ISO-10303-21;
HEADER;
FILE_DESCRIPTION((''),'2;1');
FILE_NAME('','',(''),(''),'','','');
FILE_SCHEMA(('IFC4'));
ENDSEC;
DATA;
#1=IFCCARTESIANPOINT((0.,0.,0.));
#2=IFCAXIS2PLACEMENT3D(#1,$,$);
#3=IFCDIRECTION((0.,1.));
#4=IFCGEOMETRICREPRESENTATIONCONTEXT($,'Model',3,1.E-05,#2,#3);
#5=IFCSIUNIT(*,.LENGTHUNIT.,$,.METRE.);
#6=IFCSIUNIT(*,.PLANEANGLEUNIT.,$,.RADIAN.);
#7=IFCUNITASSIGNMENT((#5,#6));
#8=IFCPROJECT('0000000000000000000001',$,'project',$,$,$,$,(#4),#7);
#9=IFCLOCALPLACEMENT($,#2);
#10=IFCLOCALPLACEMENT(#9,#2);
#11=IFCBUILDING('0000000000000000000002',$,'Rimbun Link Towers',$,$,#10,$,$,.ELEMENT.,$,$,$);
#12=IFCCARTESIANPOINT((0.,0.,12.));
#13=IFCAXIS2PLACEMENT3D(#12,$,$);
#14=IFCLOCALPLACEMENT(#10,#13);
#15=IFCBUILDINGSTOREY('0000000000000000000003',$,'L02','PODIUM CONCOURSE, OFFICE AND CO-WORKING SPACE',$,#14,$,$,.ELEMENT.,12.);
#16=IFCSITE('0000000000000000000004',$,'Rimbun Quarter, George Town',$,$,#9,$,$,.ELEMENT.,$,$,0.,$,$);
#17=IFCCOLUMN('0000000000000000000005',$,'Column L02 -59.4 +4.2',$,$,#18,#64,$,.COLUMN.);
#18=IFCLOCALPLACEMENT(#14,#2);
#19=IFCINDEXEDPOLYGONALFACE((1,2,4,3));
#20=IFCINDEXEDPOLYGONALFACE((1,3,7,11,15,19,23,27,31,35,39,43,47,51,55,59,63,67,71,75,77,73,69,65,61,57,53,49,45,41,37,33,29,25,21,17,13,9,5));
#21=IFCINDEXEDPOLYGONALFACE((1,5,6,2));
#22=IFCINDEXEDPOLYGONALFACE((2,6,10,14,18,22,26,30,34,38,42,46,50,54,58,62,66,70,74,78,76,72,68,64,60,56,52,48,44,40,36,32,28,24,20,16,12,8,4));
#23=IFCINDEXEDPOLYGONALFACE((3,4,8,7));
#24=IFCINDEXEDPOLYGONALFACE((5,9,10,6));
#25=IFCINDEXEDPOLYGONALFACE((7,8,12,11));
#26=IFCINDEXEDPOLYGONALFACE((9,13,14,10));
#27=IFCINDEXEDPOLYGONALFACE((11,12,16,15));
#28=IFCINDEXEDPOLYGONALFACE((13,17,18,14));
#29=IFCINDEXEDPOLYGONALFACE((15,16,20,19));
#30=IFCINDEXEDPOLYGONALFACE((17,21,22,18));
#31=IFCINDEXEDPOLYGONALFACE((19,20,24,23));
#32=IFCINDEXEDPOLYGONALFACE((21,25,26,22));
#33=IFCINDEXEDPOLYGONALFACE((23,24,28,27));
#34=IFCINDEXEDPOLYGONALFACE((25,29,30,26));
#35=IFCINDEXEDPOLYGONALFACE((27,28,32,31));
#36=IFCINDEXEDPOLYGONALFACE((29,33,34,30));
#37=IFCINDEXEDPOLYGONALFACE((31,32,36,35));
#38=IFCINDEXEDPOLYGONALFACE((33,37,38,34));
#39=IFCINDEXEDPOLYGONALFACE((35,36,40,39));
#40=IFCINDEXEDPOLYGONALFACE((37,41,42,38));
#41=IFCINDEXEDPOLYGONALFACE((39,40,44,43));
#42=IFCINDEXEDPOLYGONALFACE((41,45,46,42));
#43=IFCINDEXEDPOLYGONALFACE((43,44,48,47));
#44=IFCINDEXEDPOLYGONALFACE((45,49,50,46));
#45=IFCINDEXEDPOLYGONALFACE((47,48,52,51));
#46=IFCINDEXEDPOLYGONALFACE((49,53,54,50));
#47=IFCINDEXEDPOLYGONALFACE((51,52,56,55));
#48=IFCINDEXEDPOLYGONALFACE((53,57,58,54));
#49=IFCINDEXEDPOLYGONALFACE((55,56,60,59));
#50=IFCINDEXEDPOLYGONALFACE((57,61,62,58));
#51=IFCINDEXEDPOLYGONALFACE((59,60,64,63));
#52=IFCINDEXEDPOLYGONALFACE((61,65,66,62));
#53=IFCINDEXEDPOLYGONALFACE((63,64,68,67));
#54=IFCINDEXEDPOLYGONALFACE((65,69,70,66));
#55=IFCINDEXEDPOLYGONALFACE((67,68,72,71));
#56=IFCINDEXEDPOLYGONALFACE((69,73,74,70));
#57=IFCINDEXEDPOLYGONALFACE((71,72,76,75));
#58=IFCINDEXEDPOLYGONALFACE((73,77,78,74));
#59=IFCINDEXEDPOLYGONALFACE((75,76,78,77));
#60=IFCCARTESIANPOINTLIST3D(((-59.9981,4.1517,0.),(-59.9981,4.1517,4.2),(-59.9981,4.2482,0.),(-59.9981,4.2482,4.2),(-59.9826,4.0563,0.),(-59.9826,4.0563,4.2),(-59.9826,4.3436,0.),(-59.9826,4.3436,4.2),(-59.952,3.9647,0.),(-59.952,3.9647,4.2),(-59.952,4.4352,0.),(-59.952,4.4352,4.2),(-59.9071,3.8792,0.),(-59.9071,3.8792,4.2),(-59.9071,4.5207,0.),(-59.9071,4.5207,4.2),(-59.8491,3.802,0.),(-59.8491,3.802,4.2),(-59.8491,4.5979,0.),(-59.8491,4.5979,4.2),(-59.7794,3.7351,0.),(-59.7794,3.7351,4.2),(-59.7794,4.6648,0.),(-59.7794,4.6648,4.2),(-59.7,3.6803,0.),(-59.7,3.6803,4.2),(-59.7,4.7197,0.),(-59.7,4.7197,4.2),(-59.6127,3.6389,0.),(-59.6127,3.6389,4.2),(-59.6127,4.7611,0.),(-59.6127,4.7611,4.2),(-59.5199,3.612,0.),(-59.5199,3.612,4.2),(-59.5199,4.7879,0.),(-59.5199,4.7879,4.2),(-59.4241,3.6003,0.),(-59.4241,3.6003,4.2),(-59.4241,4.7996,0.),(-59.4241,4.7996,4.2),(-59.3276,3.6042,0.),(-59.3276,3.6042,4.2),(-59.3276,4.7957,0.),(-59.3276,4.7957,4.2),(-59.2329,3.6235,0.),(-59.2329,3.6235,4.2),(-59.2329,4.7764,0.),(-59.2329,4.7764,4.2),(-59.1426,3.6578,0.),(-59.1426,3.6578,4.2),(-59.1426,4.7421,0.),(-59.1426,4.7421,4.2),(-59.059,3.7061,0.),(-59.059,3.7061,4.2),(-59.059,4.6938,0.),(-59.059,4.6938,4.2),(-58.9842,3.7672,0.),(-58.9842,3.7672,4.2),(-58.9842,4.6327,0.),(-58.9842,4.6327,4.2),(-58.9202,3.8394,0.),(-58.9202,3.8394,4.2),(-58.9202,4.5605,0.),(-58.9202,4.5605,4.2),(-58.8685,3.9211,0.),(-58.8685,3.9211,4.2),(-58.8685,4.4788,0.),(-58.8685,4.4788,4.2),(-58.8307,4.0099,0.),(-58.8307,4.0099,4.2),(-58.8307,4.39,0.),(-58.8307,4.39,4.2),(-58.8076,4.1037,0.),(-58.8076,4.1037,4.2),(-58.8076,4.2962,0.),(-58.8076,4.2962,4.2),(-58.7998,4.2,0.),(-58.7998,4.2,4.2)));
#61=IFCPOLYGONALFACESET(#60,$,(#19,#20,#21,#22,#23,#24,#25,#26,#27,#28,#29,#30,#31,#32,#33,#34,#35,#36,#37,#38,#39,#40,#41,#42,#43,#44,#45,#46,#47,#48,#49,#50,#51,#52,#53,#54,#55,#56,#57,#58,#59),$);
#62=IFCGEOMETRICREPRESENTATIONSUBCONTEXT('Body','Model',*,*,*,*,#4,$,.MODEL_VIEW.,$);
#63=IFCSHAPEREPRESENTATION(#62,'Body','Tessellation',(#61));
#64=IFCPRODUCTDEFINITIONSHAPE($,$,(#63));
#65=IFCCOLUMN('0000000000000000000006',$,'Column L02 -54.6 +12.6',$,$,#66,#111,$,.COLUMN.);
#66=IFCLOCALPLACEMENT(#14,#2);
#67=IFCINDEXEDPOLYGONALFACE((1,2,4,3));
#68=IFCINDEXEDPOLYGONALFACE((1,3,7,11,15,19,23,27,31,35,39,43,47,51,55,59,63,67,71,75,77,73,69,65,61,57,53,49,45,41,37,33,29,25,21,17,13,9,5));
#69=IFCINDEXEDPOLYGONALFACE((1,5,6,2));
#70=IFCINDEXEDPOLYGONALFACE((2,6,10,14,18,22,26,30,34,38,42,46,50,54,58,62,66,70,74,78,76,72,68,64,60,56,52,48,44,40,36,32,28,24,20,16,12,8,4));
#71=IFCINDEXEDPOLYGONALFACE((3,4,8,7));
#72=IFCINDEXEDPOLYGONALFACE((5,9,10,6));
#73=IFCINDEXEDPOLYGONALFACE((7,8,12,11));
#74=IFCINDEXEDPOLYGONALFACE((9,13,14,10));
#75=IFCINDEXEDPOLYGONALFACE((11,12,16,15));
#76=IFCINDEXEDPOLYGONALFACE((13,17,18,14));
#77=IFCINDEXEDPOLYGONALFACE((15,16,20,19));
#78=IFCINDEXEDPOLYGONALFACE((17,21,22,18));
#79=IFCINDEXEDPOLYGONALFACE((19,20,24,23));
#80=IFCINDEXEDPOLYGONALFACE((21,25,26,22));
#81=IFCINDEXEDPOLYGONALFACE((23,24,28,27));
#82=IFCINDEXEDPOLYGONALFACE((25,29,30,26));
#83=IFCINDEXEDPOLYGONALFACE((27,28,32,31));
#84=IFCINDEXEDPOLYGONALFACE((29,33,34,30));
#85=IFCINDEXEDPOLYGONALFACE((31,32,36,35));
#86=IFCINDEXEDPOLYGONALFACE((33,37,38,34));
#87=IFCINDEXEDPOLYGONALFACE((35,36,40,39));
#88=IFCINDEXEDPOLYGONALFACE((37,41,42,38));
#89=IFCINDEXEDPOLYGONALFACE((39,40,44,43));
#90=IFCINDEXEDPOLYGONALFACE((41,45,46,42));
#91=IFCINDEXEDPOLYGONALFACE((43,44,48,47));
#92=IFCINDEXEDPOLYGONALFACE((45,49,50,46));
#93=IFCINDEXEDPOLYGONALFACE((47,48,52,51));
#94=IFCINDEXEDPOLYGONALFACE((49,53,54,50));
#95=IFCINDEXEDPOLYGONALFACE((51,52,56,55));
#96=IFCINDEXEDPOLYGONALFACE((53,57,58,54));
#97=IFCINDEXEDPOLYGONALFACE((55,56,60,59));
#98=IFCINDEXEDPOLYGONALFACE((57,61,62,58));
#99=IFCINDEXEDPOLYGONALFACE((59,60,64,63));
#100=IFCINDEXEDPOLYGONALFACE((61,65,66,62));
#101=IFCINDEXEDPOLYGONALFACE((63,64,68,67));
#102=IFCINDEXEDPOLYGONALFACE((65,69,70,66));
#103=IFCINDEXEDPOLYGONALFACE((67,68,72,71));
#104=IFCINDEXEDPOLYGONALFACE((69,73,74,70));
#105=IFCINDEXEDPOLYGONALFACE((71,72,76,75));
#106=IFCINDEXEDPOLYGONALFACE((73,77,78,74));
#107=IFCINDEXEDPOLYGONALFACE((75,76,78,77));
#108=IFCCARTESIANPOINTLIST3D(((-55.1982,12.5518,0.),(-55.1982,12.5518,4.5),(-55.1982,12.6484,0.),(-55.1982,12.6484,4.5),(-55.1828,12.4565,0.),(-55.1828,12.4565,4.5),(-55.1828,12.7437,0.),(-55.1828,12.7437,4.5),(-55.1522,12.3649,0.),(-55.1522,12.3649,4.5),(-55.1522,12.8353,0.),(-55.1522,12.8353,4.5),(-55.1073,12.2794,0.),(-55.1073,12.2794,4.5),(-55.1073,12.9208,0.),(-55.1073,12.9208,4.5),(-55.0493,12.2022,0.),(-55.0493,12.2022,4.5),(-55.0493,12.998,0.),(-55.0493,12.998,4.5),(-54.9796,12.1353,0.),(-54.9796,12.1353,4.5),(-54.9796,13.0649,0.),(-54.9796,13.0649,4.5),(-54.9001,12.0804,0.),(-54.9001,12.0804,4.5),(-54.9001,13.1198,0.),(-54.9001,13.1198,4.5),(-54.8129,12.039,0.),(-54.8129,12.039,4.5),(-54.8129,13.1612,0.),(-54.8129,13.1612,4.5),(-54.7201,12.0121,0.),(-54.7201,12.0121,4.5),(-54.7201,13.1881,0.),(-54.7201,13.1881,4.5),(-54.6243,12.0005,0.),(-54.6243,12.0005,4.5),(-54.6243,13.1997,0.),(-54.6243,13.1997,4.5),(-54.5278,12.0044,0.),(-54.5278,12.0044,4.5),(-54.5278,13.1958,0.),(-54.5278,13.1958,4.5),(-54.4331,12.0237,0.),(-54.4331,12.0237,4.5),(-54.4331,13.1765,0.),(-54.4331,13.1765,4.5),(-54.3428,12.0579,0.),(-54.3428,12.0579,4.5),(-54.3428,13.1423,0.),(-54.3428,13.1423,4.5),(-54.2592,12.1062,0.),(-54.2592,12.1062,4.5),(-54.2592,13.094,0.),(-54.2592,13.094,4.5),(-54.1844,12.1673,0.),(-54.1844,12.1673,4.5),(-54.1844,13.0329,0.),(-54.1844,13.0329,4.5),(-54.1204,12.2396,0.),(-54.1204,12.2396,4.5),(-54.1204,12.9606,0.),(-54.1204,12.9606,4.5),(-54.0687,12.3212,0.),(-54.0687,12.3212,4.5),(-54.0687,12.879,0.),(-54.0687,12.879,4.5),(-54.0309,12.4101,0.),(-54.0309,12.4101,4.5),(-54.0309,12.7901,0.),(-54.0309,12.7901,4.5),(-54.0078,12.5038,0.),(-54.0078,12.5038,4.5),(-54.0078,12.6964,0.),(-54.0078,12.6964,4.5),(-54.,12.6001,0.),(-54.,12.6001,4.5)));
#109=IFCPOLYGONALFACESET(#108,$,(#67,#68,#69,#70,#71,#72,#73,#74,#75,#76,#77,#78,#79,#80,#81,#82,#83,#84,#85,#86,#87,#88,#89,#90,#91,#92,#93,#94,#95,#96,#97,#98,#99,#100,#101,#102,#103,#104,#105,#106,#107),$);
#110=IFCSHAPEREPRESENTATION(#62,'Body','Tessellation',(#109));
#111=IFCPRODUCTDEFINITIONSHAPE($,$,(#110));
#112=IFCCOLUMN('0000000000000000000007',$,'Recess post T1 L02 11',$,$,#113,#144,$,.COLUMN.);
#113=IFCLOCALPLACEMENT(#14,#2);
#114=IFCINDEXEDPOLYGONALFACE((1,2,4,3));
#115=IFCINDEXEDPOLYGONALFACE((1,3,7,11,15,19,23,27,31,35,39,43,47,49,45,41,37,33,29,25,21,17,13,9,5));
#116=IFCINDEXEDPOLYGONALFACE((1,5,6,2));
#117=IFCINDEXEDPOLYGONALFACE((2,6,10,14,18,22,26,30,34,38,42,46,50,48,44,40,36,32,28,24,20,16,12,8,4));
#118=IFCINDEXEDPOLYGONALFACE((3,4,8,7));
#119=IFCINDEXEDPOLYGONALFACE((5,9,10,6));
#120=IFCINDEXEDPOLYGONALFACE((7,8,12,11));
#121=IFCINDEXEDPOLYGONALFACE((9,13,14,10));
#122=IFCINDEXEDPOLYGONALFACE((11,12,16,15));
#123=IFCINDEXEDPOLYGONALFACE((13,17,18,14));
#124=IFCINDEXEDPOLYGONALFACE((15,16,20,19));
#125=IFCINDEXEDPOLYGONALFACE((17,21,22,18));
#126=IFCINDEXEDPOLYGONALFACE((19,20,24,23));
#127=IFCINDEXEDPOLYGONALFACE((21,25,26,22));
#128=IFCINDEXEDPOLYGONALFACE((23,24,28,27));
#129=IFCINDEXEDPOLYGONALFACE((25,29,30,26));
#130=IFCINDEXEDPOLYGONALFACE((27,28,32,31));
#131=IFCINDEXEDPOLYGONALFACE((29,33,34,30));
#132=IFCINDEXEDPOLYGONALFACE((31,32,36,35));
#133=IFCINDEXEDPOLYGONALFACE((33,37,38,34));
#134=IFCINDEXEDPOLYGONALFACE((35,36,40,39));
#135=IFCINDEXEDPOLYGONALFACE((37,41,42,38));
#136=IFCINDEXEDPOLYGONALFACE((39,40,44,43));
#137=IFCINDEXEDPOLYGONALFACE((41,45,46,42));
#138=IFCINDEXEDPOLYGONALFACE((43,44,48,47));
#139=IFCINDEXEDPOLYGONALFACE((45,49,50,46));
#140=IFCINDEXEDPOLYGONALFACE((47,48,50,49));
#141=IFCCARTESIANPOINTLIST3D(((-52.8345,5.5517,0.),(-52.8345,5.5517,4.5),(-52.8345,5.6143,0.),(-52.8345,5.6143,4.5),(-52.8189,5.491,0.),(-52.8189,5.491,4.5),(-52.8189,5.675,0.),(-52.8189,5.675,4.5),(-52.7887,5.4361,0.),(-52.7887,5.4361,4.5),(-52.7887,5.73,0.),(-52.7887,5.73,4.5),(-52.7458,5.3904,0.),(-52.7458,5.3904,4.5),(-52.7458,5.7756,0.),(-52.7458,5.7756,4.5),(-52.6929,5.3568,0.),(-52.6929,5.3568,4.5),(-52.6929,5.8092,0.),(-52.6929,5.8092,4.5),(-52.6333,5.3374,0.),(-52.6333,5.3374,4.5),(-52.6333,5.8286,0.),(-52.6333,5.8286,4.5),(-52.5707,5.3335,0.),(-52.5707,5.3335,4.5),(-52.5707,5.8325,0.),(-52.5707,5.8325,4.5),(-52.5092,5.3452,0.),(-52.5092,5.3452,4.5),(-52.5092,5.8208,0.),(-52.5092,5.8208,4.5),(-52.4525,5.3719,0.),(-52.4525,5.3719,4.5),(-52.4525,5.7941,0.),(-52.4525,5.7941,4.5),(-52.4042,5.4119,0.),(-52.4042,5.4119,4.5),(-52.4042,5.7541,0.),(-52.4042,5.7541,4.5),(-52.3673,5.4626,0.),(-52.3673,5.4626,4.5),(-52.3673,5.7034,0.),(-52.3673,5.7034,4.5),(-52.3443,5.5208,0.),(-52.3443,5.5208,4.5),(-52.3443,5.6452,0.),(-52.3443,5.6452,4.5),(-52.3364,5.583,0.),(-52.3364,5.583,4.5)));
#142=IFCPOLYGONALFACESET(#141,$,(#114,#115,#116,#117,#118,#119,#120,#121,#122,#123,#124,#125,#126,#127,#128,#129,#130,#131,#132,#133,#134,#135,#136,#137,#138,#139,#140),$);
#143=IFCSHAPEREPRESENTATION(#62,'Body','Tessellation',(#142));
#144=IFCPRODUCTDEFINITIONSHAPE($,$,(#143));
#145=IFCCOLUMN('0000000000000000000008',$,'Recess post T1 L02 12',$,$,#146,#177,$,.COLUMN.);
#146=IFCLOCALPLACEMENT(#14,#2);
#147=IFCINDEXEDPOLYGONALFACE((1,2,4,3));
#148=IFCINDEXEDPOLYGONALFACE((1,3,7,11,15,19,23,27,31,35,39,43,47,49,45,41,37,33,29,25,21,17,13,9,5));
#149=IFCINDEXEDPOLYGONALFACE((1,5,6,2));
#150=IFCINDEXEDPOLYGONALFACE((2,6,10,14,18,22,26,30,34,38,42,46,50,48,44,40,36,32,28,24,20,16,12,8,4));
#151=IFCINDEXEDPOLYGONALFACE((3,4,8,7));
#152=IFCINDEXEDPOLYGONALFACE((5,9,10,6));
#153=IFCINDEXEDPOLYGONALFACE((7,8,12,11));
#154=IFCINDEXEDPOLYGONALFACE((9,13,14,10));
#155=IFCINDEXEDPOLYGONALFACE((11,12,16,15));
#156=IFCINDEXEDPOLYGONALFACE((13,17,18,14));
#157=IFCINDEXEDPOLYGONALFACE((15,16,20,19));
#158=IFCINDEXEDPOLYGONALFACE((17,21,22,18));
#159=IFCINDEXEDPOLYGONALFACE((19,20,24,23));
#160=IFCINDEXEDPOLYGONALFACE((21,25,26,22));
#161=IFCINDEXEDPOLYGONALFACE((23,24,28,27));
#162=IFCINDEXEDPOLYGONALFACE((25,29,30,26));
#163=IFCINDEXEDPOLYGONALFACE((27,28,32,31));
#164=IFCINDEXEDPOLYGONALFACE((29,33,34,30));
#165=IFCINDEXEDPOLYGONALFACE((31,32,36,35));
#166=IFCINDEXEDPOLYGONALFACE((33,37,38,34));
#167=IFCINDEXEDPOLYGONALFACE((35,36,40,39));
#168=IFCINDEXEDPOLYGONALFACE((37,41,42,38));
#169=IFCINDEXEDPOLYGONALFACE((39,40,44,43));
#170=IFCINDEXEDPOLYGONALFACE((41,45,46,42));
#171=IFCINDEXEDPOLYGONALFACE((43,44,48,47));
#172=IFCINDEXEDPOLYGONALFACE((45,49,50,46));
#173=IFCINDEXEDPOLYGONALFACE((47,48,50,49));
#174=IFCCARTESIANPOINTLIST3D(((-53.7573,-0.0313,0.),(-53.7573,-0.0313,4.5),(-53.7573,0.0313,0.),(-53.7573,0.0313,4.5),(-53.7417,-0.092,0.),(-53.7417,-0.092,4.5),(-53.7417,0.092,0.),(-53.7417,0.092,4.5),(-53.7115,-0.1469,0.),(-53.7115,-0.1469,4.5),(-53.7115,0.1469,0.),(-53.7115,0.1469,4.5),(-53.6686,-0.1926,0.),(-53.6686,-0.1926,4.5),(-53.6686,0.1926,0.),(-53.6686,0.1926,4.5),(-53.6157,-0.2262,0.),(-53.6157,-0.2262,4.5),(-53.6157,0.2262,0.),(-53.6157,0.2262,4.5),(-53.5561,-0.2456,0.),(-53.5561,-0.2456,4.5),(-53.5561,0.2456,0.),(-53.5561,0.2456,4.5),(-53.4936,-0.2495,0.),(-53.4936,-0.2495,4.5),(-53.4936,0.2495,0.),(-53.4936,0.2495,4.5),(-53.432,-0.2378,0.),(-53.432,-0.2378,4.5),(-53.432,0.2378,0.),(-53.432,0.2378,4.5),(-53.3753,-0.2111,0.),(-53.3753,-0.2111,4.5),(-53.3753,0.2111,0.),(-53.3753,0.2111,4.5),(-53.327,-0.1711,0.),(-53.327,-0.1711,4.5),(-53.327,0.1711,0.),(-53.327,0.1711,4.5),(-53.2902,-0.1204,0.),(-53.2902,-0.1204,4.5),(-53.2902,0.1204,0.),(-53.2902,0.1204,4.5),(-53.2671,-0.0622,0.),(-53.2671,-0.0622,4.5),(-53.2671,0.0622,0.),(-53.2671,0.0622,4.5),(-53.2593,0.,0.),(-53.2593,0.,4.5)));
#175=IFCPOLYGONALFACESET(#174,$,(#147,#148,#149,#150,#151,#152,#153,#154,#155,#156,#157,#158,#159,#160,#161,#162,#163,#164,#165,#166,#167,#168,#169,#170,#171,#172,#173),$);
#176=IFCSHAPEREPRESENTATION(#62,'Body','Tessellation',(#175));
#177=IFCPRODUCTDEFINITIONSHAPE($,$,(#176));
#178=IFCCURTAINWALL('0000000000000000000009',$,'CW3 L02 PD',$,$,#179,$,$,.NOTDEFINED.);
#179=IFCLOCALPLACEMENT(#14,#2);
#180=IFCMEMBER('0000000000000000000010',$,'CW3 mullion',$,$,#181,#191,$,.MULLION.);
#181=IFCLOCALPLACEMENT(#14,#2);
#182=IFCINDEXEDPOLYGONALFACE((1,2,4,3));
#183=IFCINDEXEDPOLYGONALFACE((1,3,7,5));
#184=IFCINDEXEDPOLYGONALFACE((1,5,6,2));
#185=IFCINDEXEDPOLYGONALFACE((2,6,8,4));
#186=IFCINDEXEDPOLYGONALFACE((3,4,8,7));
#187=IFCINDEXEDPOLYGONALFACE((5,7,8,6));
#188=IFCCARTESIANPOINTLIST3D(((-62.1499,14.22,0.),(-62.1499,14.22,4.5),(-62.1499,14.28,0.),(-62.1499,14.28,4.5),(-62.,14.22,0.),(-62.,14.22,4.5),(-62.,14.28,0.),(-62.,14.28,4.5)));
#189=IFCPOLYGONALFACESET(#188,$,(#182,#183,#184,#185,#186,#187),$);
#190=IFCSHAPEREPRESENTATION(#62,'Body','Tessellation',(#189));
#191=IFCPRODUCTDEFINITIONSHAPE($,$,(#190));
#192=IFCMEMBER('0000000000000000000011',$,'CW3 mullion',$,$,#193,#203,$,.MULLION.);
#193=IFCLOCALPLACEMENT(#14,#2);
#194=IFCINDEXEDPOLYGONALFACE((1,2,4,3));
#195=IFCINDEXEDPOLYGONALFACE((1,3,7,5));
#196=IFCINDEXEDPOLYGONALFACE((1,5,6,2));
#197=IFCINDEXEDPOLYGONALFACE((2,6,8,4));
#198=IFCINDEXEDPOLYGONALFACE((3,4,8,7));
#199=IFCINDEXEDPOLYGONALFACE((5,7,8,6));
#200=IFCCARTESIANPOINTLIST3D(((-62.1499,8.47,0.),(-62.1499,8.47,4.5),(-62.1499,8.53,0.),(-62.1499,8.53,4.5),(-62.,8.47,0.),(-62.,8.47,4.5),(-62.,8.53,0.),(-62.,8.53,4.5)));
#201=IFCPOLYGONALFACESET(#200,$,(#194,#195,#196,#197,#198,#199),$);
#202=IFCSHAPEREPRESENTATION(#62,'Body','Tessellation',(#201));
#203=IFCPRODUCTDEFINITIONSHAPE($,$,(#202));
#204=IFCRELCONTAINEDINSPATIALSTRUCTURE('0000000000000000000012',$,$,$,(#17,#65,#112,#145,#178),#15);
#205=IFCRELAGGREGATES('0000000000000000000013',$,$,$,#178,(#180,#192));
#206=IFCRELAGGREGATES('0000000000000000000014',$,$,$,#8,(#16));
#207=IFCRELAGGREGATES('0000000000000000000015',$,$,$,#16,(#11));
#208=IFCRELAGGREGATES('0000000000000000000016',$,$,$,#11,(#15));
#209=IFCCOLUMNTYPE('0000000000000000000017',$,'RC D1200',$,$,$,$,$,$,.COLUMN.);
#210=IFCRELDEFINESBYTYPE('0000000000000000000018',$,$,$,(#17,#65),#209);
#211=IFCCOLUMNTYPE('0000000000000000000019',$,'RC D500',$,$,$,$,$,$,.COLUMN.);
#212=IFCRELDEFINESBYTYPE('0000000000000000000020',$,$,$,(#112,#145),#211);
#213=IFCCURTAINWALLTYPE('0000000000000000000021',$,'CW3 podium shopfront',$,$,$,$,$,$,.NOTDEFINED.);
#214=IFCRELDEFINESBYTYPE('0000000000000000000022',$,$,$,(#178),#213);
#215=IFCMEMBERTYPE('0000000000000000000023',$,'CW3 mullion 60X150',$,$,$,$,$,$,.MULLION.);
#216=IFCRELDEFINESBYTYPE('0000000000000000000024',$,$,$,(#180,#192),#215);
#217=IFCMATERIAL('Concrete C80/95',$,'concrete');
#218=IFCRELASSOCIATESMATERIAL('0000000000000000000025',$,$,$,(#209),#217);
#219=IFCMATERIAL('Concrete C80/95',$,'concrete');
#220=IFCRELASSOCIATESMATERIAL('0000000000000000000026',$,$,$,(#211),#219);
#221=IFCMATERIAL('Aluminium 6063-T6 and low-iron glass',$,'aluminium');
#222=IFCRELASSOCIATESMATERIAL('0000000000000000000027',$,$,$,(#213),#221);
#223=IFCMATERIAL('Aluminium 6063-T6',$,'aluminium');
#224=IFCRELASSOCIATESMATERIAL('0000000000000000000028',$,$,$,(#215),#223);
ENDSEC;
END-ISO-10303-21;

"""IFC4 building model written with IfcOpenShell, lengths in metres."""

from ifc_helpers import new_model, si_unit, direction, frame, origin, origin_2d, place, context, subcontext, project, spatial, rectangle, circle, extrude, material, material_profile, profile_set, type_object, element, aggregate, save


model = new_model("IFC4")

# Units and contexts
model_context = context("Model", 3, precision=1e-05, world=origin(), true_north=direction((0.0, 1.0)))
body_context = subcontext(model_context, "Body", "Model", "MODEL_VIEW")
ifc_project = project(units=[si_unit("LENGTHUNIT", "METRE"), si_unit("PLANEANGLEUNIT", "RADIAN")], contexts=[model_context])

# Site, building, storey
site_placement = place(None, origin())
site = spatial("IfcSite", under=ifc_project, at=site_placement, Name="Rimbun Quarter, George Town", CompositionType="ELEMENT", RefElevation=0.0)
building_placement = place(site_placement, origin())
building = spatial("IfcBuilding", under=site, at=building_placement, Name="Rimbun Link Towers", CompositionType="ELEMENT")
storey_placement = place(building_placement, frame((0.0, 0.0, 12.0)))
storey = spatial("IfcBuildingStorey", under=building, at=storey_placement, Name="L02", Description="PODIUM CONCOURSE, OFFICE AND CO-WORKING SPACE", CompositionType="ELEMENT", Elevation=12.0)

# Columns
ifc_material_1 = material(Name="Concrete C80/95", Category="concrete")
ifc_material_profile_1 = material_profile(ifc_material_1, circle(Radius=0.6001, at=origin_2d()), Name="RC D1200")
ifc_profile_set_1 = profile_set([ifc_material_profile_1], Name="Concrete C80/95")
column_type_1 = type_object("IfcColumnType", Name="RC D1200", PredefinedType="COLUMN", material=ifc_profile_set_1)
column_1_placement = place(storey_placement, frame((-59.3999, 4.2, 0.0), z_axis=(0.0, 0.0, 1.0), x_axis=(1.0, 0.0, 0.0)))
element("IfcColumn", 1, at=column_1_placement, inside=storey, type_object=column_type_1, Name="Column L02 -59.4 +4.2", PredefinedType="COLUMN", context=body_context, shape_type="SweptSolid", body=[
    extrude(circle(Radius=0.6001, at=origin_2d()), origin(), (0.0, 0.0, 1.0), 4.2),
])
column_2_placement = place(storey_placement, frame((-54.6001, 12.6001, 0.0), z_axis=(0.0, 0.0, 1.0), x_axis=(1.0, 0.0, 0.0)))
element("IfcColumn", 2, at=column_2_placement, inside=storey, type_object=column_type_1, Name="Column L02 -54.6 +12.6", PredefinedType="COLUMN", context=body_context, shape_type="SweptSolid", body=[
    extrude(circle(Radius=0.6001, at=origin_2d()), origin(), (0.0, 0.0, 1.0), 4.5),
])
ifc_material_2 = material(Name="Concrete C80/95", Category="concrete")
ifc_material_profile_2 = material_profile(ifc_material_2, circle(Radius=0.25, at=origin_2d()), Name="RC D500")
ifc_profile_set_2 = profile_set([ifc_material_profile_2], Name="Concrete C80/95")
column_type_2 = type_object("IfcColumnType", Name="RC D500", PredefinedType="COLUMN", material=ifc_profile_set_2)
for number, where, z_axis, x_axis, name in (
    (3, (-52.5864, 5.583, 0.0), (0.0, 0.0, 1.0), (1.0, 0.0, 0.0), "Recess post T1 L02 11"),
    (4, (-53.5093, 0.0, 0.0), (0.0, 0.0, 1.0), (1.0, 0.0, 0.0), "Recess post T1 L02 12"),
):
    element("IfcColumn", number, at=place(storey_placement, frame(where, z_axis=z_axis, x_axis=x_axis)), inside=storey, type_object=column_type_2, Name=name, PredefinedType="COLUMN", context=body_context, shape_type="SweptSolid", body=[
        extrude(circle(Radius=0.25, at=origin_2d()), origin(), (0.0, 0.0, 1.0), 4.5),
    ])

# Curtain wall, members
ifc_material_3 = material(Name="Aluminium 6063-T6 and low-iron glass", Category="aluminium")
curtain_wall_type = type_object("IfcCurtainWallType", Name="CW3 podium shopfront", PredefinedType="NOTDEFINED", material=ifc_material_3)
curtain_wall_placement = place(storey_placement, origin())
curtain_wall = element("IfcCurtainWall", 5, at=curtain_wall_placement, inside=storey, type_object=curtain_wall_type, Name="CW3 L02 PD", PredefinedType="NOTDEFINED")
ifc_material_4 = material(Name="Aluminium 6063-T6", Category="aluminium")
ifc_material_profile_3 = material_profile(ifc_material_4, rectangle(XDim=0.1499, YDim=0.0601, at=origin_2d()), Name="MULLION 60X150")
ifc_profile_set_3 = profile_set([ifc_material_profile_3], Name="Aluminium 6063-T6")
member_type_1 = type_object("IfcMemberType", Name="CW3 mullion 60X150", PredefinedType="MULLION", material=ifc_profile_set_3)
member_1_placement = place(storey_placement, frame((-62.075, 14.25, 0.0), z_axis=(0.0, 0.0, 1.0), x_axis=(-1.0, 0.0, 0.0)))
member_1 = element("IfcMember", 6, at=member_1_placement, type_object=member_type_1, Name="CW3 mullion", PredefinedType="MULLION", context=body_context, shape_type="SweptSolid", body=[
    extrude(rectangle(XDim=0.1499, YDim=0.0601, at=origin_2d()), origin(), (0.0, 0.0, 1.0), 4.5),
])
member_2_placement = place(storey_placement, frame((-62.075, 8.5, 0.0), z_axis=(0.0, 0.0, 1.0), x_axis=(-1.0, 0.0, 0.0)))
member_2 = element("IfcMember", 7, at=member_2_placement, type_object=member_type_1, Name="CW3 mullion", PredefinedType="MULLION", context=body_context, shape_type="SweptSolid", body=[
    extrude(rectangle(XDim=0.1499, YDim=0.0601, at=origin_2d()), origin(), (0.0, 0.0, 1.0), 4.5),
])

aggregate(curtain_wall, [member_1, member_2])

save(model, "model.ifc")
